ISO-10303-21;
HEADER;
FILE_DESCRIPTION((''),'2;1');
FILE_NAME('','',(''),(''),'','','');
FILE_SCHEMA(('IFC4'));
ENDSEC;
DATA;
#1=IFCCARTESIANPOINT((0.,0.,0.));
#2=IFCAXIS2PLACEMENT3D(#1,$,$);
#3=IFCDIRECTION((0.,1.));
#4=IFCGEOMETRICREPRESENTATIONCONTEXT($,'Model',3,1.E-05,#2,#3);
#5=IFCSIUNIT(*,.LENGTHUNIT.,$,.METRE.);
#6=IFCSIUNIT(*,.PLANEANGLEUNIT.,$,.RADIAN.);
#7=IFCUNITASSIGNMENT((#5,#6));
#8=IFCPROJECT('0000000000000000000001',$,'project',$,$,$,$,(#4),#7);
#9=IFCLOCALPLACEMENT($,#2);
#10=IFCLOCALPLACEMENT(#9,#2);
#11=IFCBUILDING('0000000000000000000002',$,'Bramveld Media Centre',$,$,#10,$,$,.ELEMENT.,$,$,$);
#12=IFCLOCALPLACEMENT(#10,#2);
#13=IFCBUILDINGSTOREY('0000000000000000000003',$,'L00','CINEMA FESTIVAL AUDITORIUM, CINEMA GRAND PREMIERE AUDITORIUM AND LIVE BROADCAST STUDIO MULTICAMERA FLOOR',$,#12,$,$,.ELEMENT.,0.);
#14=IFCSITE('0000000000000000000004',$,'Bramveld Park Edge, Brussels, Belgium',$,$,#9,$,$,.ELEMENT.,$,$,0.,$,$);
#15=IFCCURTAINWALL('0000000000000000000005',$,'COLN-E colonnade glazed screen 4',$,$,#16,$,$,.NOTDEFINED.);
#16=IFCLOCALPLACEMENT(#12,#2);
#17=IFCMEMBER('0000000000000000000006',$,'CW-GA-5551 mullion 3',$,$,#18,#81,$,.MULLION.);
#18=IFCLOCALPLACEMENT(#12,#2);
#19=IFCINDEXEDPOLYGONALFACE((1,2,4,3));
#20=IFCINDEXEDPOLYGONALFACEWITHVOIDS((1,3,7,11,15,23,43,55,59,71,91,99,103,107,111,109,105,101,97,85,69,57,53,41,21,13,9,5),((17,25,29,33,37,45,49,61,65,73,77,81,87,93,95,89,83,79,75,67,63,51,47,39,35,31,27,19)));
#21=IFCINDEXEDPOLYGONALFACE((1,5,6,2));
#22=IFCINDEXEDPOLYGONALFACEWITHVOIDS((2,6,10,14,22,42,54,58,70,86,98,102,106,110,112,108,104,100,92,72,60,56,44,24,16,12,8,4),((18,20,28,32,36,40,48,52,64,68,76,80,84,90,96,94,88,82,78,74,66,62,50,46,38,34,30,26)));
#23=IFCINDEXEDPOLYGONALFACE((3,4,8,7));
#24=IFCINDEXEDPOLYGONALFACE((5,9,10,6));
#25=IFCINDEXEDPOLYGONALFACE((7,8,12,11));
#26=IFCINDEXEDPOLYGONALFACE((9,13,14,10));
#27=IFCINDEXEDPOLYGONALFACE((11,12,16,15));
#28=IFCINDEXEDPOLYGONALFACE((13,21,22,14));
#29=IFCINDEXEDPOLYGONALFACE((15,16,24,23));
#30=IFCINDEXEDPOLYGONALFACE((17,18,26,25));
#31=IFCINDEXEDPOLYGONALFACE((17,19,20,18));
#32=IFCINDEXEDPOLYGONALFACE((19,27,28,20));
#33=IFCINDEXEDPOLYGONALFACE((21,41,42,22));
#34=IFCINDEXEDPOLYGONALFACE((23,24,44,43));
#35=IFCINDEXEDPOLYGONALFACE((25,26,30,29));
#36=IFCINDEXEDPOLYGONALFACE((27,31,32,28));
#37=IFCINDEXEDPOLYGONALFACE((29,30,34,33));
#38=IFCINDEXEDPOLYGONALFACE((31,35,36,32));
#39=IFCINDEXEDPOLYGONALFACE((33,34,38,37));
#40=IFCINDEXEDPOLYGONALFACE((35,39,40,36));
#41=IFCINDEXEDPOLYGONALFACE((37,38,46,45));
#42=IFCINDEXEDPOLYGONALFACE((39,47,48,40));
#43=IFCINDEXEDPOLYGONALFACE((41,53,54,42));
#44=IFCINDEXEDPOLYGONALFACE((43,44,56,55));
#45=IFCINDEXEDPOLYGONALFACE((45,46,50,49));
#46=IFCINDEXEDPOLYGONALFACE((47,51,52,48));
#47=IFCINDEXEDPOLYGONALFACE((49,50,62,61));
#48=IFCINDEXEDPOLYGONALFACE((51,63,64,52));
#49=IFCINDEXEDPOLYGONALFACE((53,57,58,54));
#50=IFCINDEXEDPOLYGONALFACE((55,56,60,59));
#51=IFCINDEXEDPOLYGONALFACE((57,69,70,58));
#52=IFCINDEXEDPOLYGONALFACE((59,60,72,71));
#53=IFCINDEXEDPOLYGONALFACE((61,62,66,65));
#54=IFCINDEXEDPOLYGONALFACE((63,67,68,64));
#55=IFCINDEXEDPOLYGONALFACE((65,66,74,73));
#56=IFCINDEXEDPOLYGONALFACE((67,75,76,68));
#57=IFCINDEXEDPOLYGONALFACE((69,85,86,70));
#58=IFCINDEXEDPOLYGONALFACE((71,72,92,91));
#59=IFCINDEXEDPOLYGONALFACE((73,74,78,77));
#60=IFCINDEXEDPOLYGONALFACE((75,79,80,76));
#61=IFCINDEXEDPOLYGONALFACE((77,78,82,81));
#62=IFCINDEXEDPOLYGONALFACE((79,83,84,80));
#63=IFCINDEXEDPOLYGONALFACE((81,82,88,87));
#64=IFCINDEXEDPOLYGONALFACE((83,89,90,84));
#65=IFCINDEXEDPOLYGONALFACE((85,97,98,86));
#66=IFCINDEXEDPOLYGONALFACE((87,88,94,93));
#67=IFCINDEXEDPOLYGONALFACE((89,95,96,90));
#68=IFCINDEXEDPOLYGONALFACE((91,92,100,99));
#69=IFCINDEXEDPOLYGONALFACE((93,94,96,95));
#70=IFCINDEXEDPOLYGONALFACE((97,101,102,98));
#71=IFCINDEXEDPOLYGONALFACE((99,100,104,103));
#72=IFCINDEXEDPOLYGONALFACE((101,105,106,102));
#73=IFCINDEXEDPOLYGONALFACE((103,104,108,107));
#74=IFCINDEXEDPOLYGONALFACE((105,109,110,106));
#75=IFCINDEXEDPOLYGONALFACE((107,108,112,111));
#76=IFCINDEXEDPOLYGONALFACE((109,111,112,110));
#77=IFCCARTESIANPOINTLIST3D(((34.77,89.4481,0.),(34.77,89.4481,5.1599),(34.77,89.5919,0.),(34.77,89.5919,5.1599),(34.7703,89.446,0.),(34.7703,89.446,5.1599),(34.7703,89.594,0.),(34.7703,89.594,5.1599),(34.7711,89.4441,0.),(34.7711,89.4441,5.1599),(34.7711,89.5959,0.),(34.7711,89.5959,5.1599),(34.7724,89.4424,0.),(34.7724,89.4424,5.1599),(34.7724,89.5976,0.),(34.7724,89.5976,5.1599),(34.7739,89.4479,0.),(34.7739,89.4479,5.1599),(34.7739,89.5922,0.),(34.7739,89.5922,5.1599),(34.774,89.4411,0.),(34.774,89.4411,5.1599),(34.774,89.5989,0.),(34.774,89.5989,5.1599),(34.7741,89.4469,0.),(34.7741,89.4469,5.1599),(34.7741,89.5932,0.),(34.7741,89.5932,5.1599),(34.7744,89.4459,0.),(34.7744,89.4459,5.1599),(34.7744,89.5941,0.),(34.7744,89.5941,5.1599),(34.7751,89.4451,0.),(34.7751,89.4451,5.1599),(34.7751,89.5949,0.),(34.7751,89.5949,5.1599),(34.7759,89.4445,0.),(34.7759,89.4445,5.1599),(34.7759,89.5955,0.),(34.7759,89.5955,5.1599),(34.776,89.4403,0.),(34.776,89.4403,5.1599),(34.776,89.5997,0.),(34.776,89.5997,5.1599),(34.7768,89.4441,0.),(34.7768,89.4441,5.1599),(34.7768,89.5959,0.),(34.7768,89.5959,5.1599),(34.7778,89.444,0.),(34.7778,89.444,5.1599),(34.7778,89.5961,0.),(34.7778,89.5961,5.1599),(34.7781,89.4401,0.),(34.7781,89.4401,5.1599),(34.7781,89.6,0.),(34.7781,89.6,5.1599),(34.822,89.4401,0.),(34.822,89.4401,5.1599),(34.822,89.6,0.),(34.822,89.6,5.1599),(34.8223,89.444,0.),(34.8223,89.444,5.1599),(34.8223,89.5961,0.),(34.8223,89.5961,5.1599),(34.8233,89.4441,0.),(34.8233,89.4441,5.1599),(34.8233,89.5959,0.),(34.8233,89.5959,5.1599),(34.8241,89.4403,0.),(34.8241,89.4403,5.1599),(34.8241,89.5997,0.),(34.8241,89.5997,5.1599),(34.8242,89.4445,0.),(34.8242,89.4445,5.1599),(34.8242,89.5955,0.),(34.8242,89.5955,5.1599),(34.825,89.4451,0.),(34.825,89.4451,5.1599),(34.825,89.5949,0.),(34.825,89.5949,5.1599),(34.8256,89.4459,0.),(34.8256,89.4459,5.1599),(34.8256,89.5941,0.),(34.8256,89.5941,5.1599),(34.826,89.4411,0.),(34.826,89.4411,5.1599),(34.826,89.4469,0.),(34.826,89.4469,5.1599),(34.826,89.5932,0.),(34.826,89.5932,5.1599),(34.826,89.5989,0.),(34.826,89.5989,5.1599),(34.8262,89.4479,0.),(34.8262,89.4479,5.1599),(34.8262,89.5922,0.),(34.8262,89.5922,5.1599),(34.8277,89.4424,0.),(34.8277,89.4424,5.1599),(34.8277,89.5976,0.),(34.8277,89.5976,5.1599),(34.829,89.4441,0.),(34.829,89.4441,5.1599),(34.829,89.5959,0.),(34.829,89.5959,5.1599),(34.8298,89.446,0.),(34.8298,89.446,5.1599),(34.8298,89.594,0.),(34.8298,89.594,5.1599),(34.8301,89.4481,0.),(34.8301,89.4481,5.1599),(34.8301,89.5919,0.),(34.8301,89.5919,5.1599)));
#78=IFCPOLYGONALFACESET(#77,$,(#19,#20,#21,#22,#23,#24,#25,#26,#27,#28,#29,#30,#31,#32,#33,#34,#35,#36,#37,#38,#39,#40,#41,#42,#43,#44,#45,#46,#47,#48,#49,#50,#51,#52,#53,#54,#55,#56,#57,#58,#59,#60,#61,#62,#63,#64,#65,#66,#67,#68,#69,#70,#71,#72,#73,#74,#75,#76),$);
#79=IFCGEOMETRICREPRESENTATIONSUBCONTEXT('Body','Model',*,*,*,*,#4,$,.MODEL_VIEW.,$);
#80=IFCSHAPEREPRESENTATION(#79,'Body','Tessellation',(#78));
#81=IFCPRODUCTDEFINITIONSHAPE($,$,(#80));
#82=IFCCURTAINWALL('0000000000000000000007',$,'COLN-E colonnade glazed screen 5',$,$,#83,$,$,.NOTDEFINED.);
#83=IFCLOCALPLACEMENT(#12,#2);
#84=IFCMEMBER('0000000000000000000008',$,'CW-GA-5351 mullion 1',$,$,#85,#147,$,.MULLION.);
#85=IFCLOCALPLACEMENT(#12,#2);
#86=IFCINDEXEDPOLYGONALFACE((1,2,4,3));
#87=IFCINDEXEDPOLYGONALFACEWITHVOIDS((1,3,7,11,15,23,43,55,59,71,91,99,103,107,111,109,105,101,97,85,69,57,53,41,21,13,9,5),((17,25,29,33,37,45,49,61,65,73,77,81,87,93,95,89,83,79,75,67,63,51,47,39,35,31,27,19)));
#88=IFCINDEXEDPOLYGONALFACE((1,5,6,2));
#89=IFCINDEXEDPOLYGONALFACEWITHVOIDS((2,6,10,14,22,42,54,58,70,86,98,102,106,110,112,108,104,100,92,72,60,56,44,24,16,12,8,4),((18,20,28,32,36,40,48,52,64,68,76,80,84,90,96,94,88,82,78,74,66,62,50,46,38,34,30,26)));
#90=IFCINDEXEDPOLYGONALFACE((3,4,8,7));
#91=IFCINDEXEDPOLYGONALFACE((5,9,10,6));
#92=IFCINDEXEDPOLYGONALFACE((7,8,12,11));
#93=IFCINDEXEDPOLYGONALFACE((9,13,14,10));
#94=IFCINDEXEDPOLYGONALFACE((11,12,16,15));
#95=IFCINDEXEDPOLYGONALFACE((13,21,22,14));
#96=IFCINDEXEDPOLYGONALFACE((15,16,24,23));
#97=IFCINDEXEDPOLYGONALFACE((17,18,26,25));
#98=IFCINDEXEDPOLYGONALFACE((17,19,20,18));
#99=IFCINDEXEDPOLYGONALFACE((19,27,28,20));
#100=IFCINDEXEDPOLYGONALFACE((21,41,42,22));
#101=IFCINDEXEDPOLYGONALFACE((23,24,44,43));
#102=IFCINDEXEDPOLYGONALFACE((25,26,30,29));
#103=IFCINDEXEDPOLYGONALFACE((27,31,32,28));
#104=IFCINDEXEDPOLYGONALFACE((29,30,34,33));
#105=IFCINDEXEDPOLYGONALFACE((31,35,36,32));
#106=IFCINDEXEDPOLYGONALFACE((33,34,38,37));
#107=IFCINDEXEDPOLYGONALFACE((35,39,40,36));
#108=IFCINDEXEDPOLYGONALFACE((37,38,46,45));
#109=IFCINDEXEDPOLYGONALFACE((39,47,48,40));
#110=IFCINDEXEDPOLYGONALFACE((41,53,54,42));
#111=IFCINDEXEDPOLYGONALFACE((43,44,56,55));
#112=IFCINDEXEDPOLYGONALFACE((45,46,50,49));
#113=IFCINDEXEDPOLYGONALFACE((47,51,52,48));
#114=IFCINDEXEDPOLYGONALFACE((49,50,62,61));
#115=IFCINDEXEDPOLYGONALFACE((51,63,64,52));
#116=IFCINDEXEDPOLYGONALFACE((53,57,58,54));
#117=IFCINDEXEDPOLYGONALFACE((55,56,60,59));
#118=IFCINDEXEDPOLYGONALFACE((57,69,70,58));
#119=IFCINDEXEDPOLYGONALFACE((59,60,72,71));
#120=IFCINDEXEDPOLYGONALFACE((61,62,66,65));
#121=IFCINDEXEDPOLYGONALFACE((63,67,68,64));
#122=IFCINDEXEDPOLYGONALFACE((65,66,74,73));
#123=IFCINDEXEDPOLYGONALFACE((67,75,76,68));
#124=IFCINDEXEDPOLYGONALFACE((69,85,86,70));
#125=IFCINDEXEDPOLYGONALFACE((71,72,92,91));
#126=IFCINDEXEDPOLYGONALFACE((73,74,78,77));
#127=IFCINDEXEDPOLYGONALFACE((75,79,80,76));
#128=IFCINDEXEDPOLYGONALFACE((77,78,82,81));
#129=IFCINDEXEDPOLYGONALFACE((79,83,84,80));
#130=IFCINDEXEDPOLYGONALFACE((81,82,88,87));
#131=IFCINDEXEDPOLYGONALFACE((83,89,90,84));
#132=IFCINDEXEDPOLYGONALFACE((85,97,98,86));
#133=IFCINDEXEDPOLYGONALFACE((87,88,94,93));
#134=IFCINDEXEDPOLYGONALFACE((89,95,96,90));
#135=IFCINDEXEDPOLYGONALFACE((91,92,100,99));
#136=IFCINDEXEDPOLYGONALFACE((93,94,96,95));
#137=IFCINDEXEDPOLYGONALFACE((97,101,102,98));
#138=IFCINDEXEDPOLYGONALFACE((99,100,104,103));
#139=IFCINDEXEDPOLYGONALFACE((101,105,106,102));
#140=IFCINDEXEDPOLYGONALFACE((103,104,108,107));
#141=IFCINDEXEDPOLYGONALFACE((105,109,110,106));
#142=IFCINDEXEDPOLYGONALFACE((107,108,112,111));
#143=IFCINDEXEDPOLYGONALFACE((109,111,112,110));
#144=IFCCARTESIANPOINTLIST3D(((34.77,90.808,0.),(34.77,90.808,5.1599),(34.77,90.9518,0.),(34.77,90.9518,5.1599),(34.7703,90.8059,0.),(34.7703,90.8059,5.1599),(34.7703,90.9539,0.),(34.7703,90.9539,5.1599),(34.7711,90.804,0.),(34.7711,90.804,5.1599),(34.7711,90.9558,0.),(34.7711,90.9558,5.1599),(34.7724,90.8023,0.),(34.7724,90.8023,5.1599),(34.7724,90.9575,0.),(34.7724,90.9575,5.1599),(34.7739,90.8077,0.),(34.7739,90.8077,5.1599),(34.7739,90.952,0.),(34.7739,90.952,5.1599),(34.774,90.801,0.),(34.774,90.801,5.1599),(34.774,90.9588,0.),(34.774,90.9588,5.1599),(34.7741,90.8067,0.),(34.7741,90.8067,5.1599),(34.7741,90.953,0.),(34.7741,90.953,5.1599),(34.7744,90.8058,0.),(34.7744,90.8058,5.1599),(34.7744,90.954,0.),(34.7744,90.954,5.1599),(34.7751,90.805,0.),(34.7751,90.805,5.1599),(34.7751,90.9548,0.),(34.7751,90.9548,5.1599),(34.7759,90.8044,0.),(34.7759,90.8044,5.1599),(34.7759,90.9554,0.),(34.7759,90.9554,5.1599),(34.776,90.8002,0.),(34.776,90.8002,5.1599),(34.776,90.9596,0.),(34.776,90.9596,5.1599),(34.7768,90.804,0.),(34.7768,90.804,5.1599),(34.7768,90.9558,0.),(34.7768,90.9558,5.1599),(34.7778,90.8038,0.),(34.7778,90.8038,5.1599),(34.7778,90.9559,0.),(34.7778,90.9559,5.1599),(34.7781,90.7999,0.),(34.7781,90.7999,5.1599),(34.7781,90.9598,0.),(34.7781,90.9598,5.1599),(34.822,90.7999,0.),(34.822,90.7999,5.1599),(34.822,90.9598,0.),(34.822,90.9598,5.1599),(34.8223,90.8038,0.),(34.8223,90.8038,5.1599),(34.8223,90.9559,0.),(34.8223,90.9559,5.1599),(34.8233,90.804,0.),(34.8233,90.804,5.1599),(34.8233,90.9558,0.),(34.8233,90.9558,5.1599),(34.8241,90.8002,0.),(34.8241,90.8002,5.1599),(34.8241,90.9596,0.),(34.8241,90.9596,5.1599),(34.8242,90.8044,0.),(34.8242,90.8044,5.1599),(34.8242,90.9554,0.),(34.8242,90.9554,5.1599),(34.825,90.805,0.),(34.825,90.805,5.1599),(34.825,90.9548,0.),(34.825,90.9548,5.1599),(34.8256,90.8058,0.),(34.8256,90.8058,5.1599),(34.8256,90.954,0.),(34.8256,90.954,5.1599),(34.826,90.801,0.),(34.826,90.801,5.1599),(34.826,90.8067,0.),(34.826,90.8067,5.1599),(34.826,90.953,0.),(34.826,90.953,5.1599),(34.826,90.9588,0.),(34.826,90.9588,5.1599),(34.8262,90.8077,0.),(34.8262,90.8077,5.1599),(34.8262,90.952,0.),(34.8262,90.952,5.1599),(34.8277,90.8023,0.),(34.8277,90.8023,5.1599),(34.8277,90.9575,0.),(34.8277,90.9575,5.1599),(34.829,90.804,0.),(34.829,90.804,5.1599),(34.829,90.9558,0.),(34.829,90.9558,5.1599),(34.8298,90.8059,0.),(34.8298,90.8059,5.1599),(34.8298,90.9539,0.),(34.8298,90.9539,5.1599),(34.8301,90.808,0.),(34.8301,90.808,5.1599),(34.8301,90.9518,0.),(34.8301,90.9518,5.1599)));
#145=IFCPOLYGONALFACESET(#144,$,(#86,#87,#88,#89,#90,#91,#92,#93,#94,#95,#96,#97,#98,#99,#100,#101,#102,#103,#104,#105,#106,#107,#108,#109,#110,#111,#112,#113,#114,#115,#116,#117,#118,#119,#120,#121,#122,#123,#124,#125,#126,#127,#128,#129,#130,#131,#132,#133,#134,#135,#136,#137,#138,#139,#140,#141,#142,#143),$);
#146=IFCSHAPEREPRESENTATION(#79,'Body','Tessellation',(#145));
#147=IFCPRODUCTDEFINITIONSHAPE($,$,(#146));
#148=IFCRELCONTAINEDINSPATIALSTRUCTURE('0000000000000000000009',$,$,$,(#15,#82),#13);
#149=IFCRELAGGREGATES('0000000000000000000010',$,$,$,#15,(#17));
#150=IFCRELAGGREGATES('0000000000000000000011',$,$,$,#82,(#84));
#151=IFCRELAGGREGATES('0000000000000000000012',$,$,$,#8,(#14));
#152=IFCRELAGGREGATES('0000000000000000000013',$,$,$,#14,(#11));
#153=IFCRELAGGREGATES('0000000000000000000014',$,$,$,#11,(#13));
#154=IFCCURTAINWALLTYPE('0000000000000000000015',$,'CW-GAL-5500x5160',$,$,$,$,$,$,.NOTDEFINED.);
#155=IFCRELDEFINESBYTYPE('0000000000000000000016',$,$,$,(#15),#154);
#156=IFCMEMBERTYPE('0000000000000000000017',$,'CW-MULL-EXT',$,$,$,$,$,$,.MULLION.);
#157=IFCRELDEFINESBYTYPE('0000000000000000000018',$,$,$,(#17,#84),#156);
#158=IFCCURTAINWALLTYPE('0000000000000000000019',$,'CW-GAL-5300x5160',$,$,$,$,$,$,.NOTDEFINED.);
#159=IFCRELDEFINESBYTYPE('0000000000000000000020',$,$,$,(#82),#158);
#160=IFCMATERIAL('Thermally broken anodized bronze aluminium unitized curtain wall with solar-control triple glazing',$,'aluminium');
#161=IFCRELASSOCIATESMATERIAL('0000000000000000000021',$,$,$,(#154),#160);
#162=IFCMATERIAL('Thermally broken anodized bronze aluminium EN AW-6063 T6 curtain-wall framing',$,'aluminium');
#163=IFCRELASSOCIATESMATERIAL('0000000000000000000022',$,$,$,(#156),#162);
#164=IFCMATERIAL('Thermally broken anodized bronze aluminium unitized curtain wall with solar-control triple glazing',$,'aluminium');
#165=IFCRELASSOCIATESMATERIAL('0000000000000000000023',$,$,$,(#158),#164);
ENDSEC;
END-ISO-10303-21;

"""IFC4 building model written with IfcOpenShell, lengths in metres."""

from ifc_helpers import new_model, si_unit, direction, frame, origin, origin_2d, place, context, subcontext, project, spatial, hollow_rectangle, extrude, material, material_profile, profile_set, type_object, element, aggregate, save


model = new_model("IFC4")

# Units and contexts
model_context = context("Model", 3, precision=1e-05, world=origin(), true_north=direction((0.0, 1.0)))
body_context = subcontext(model_context, "Body", "Model", "MODEL_VIEW")
ifc_project = project(units=[si_unit("LENGTHUNIT", "METRE"), si_unit("PLANEANGLEUNIT", "RADIAN")], contexts=[model_context])

# Site, building, storey
site_placement = place(None, origin())
site = spatial("IfcSite", under=ifc_project, at=site_placement, Name="Bramveld Park Edge, Brussels, Belgium", CompositionType="ELEMENT", RefElevation=0.0)
building_placement = place(site_placement, origin())
building = spatial("IfcBuilding", under=site, at=building_placement, Name="Bramveld Media Centre", CompositionType="ELEMENT")
storey_placement = place(building_placement, origin())
storey = spatial("IfcBuildingStorey", under=building, at=storey_placement, Name="L00", Description="CINEMA FESTIVAL AUDITORIUM, CINEMA GRAND PREMIERE AUDITORIUM AND LIVE BROADCAST STUDIO MULTICAMERA FLOOR", CompositionType="ELEMENT", Elevation=0.0)

# Curtain wall, member
ifc_material_1 = material(Name="Thermally broken anodized bronze aluminium unitized curtain wall with solar-control triple glazing", Category="aluminium")
curtain_wall_type_1 = type_object("IfcCurtainWallType", Name="CW-GAL-5500x5160", PredefinedType="NOTDEFINED", material=ifc_material_1)
curtain_wall_1_placement = place(storey_placement, origin())
curtain_wall_1 = element("IfcCurtainWall", 1, at=curtain_wall_1_placement, inside=storey, type_object=curtain_wall_type_1, Name="COLN-E colonnade glazed screen 4", PredefinedType="NOTDEFINED")
ifc_material_2 = material(Name="Thermally broken anodized bronze aluminium EN AW-6063 T6 curtain-wall framing", Category="aluminium")
ifc_material_profile_1 = material_profile(ifc_material_2, hollow_rectangle(XDim=0.0601, YDim=0.1599, WallThickness=0.0039, InnerFilletRadius=0.0039, OuterFilletRadius=0.0081, at=origin_2d()), Name="AL-MULL 60x160")
ifc_profile_set_1 = profile_set([ifc_material_profile_1], Name="Thermally broken anodized bronze aluminium EN AW-6063 T6 curtain-wall framing")
member_type_1 = type_object("IfcMemberType", Name="CW-MULL-EXT", PredefinedType="MULLION", material=ifc_profile_set_1)
member_1_placement = place(storey_placement, frame((34.8, 89.52, 0.0), z_axis=(0.0, 0.0, 1.0), x_axis=(-1.0, 0.0, 0.0)))
member_1 = element("IfcMember", 2, at=member_1_placement, type_object=member_type_1, Name="CW-GA-5551 mullion 3", PredefinedType="MULLION", context=body_context, shape_type="SweptSolid", body=[
    extrude(hollow_rectangle(XDim=0.0601, YDim=0.1599, WallThickness=0.0039, InnerFilletRadius=0.0039, OuterFilletRadius=0.0081, at=origin_2d()), origin(), (0.0, 0.0, 1.0), 5.1599),
])

# Curtain wall, member
ifc_material_3 = material(Name="Thermally broken anodized bronze aluminium unitized curtain wall with solar-control triple glazing", Category="aluminium")
curtain_wall_type_2 = type_object("IfcCurtainWallType", Name="CW-GAL-5300x5160", PredefinedType="NOTDEFINED", material=ifc_material_3)
curtain_wall_2_placement = place(storey_placement, origin())
curtain_wall_2 = element("IfcCurtainWall", 3, at=curtain_wall_2_placement, inside=storey, type_object=curtain_wall_type_2, Name="COLN-E colonnade glazed screen 5", PredefinedType="NOTDEFINED")
member_2_placement = place(storey_placement, frame((34.8, 90.8799, 0.0), z_axis=(0.0, 0.0, 1.0), x_axis=(-1.0, 0.0, 0.0)))
member_2 = element("IfcMember", 4, at=member_2_placement, type_object=member_type_1, Name="CW-GA-5351 mullion 1", PredefinedType="MULLION", context=body_context, shape_type="SweptSolid", body=[
    extrude(hollow_rectangle(XDim=0.0601, YDim=0.1599, WallThickness=0.0039, InnerFilletRadius=0.0039, OuterFilletRadius=0.0081, at=origin_2d()), origin(), (0.0, 0.0, 1.0), 5.1599),
])

aggregate(curtain_wall_1, [member_1])
aggregate(curtain_wall_2, [member_2])

save(model, "model.ifc")
